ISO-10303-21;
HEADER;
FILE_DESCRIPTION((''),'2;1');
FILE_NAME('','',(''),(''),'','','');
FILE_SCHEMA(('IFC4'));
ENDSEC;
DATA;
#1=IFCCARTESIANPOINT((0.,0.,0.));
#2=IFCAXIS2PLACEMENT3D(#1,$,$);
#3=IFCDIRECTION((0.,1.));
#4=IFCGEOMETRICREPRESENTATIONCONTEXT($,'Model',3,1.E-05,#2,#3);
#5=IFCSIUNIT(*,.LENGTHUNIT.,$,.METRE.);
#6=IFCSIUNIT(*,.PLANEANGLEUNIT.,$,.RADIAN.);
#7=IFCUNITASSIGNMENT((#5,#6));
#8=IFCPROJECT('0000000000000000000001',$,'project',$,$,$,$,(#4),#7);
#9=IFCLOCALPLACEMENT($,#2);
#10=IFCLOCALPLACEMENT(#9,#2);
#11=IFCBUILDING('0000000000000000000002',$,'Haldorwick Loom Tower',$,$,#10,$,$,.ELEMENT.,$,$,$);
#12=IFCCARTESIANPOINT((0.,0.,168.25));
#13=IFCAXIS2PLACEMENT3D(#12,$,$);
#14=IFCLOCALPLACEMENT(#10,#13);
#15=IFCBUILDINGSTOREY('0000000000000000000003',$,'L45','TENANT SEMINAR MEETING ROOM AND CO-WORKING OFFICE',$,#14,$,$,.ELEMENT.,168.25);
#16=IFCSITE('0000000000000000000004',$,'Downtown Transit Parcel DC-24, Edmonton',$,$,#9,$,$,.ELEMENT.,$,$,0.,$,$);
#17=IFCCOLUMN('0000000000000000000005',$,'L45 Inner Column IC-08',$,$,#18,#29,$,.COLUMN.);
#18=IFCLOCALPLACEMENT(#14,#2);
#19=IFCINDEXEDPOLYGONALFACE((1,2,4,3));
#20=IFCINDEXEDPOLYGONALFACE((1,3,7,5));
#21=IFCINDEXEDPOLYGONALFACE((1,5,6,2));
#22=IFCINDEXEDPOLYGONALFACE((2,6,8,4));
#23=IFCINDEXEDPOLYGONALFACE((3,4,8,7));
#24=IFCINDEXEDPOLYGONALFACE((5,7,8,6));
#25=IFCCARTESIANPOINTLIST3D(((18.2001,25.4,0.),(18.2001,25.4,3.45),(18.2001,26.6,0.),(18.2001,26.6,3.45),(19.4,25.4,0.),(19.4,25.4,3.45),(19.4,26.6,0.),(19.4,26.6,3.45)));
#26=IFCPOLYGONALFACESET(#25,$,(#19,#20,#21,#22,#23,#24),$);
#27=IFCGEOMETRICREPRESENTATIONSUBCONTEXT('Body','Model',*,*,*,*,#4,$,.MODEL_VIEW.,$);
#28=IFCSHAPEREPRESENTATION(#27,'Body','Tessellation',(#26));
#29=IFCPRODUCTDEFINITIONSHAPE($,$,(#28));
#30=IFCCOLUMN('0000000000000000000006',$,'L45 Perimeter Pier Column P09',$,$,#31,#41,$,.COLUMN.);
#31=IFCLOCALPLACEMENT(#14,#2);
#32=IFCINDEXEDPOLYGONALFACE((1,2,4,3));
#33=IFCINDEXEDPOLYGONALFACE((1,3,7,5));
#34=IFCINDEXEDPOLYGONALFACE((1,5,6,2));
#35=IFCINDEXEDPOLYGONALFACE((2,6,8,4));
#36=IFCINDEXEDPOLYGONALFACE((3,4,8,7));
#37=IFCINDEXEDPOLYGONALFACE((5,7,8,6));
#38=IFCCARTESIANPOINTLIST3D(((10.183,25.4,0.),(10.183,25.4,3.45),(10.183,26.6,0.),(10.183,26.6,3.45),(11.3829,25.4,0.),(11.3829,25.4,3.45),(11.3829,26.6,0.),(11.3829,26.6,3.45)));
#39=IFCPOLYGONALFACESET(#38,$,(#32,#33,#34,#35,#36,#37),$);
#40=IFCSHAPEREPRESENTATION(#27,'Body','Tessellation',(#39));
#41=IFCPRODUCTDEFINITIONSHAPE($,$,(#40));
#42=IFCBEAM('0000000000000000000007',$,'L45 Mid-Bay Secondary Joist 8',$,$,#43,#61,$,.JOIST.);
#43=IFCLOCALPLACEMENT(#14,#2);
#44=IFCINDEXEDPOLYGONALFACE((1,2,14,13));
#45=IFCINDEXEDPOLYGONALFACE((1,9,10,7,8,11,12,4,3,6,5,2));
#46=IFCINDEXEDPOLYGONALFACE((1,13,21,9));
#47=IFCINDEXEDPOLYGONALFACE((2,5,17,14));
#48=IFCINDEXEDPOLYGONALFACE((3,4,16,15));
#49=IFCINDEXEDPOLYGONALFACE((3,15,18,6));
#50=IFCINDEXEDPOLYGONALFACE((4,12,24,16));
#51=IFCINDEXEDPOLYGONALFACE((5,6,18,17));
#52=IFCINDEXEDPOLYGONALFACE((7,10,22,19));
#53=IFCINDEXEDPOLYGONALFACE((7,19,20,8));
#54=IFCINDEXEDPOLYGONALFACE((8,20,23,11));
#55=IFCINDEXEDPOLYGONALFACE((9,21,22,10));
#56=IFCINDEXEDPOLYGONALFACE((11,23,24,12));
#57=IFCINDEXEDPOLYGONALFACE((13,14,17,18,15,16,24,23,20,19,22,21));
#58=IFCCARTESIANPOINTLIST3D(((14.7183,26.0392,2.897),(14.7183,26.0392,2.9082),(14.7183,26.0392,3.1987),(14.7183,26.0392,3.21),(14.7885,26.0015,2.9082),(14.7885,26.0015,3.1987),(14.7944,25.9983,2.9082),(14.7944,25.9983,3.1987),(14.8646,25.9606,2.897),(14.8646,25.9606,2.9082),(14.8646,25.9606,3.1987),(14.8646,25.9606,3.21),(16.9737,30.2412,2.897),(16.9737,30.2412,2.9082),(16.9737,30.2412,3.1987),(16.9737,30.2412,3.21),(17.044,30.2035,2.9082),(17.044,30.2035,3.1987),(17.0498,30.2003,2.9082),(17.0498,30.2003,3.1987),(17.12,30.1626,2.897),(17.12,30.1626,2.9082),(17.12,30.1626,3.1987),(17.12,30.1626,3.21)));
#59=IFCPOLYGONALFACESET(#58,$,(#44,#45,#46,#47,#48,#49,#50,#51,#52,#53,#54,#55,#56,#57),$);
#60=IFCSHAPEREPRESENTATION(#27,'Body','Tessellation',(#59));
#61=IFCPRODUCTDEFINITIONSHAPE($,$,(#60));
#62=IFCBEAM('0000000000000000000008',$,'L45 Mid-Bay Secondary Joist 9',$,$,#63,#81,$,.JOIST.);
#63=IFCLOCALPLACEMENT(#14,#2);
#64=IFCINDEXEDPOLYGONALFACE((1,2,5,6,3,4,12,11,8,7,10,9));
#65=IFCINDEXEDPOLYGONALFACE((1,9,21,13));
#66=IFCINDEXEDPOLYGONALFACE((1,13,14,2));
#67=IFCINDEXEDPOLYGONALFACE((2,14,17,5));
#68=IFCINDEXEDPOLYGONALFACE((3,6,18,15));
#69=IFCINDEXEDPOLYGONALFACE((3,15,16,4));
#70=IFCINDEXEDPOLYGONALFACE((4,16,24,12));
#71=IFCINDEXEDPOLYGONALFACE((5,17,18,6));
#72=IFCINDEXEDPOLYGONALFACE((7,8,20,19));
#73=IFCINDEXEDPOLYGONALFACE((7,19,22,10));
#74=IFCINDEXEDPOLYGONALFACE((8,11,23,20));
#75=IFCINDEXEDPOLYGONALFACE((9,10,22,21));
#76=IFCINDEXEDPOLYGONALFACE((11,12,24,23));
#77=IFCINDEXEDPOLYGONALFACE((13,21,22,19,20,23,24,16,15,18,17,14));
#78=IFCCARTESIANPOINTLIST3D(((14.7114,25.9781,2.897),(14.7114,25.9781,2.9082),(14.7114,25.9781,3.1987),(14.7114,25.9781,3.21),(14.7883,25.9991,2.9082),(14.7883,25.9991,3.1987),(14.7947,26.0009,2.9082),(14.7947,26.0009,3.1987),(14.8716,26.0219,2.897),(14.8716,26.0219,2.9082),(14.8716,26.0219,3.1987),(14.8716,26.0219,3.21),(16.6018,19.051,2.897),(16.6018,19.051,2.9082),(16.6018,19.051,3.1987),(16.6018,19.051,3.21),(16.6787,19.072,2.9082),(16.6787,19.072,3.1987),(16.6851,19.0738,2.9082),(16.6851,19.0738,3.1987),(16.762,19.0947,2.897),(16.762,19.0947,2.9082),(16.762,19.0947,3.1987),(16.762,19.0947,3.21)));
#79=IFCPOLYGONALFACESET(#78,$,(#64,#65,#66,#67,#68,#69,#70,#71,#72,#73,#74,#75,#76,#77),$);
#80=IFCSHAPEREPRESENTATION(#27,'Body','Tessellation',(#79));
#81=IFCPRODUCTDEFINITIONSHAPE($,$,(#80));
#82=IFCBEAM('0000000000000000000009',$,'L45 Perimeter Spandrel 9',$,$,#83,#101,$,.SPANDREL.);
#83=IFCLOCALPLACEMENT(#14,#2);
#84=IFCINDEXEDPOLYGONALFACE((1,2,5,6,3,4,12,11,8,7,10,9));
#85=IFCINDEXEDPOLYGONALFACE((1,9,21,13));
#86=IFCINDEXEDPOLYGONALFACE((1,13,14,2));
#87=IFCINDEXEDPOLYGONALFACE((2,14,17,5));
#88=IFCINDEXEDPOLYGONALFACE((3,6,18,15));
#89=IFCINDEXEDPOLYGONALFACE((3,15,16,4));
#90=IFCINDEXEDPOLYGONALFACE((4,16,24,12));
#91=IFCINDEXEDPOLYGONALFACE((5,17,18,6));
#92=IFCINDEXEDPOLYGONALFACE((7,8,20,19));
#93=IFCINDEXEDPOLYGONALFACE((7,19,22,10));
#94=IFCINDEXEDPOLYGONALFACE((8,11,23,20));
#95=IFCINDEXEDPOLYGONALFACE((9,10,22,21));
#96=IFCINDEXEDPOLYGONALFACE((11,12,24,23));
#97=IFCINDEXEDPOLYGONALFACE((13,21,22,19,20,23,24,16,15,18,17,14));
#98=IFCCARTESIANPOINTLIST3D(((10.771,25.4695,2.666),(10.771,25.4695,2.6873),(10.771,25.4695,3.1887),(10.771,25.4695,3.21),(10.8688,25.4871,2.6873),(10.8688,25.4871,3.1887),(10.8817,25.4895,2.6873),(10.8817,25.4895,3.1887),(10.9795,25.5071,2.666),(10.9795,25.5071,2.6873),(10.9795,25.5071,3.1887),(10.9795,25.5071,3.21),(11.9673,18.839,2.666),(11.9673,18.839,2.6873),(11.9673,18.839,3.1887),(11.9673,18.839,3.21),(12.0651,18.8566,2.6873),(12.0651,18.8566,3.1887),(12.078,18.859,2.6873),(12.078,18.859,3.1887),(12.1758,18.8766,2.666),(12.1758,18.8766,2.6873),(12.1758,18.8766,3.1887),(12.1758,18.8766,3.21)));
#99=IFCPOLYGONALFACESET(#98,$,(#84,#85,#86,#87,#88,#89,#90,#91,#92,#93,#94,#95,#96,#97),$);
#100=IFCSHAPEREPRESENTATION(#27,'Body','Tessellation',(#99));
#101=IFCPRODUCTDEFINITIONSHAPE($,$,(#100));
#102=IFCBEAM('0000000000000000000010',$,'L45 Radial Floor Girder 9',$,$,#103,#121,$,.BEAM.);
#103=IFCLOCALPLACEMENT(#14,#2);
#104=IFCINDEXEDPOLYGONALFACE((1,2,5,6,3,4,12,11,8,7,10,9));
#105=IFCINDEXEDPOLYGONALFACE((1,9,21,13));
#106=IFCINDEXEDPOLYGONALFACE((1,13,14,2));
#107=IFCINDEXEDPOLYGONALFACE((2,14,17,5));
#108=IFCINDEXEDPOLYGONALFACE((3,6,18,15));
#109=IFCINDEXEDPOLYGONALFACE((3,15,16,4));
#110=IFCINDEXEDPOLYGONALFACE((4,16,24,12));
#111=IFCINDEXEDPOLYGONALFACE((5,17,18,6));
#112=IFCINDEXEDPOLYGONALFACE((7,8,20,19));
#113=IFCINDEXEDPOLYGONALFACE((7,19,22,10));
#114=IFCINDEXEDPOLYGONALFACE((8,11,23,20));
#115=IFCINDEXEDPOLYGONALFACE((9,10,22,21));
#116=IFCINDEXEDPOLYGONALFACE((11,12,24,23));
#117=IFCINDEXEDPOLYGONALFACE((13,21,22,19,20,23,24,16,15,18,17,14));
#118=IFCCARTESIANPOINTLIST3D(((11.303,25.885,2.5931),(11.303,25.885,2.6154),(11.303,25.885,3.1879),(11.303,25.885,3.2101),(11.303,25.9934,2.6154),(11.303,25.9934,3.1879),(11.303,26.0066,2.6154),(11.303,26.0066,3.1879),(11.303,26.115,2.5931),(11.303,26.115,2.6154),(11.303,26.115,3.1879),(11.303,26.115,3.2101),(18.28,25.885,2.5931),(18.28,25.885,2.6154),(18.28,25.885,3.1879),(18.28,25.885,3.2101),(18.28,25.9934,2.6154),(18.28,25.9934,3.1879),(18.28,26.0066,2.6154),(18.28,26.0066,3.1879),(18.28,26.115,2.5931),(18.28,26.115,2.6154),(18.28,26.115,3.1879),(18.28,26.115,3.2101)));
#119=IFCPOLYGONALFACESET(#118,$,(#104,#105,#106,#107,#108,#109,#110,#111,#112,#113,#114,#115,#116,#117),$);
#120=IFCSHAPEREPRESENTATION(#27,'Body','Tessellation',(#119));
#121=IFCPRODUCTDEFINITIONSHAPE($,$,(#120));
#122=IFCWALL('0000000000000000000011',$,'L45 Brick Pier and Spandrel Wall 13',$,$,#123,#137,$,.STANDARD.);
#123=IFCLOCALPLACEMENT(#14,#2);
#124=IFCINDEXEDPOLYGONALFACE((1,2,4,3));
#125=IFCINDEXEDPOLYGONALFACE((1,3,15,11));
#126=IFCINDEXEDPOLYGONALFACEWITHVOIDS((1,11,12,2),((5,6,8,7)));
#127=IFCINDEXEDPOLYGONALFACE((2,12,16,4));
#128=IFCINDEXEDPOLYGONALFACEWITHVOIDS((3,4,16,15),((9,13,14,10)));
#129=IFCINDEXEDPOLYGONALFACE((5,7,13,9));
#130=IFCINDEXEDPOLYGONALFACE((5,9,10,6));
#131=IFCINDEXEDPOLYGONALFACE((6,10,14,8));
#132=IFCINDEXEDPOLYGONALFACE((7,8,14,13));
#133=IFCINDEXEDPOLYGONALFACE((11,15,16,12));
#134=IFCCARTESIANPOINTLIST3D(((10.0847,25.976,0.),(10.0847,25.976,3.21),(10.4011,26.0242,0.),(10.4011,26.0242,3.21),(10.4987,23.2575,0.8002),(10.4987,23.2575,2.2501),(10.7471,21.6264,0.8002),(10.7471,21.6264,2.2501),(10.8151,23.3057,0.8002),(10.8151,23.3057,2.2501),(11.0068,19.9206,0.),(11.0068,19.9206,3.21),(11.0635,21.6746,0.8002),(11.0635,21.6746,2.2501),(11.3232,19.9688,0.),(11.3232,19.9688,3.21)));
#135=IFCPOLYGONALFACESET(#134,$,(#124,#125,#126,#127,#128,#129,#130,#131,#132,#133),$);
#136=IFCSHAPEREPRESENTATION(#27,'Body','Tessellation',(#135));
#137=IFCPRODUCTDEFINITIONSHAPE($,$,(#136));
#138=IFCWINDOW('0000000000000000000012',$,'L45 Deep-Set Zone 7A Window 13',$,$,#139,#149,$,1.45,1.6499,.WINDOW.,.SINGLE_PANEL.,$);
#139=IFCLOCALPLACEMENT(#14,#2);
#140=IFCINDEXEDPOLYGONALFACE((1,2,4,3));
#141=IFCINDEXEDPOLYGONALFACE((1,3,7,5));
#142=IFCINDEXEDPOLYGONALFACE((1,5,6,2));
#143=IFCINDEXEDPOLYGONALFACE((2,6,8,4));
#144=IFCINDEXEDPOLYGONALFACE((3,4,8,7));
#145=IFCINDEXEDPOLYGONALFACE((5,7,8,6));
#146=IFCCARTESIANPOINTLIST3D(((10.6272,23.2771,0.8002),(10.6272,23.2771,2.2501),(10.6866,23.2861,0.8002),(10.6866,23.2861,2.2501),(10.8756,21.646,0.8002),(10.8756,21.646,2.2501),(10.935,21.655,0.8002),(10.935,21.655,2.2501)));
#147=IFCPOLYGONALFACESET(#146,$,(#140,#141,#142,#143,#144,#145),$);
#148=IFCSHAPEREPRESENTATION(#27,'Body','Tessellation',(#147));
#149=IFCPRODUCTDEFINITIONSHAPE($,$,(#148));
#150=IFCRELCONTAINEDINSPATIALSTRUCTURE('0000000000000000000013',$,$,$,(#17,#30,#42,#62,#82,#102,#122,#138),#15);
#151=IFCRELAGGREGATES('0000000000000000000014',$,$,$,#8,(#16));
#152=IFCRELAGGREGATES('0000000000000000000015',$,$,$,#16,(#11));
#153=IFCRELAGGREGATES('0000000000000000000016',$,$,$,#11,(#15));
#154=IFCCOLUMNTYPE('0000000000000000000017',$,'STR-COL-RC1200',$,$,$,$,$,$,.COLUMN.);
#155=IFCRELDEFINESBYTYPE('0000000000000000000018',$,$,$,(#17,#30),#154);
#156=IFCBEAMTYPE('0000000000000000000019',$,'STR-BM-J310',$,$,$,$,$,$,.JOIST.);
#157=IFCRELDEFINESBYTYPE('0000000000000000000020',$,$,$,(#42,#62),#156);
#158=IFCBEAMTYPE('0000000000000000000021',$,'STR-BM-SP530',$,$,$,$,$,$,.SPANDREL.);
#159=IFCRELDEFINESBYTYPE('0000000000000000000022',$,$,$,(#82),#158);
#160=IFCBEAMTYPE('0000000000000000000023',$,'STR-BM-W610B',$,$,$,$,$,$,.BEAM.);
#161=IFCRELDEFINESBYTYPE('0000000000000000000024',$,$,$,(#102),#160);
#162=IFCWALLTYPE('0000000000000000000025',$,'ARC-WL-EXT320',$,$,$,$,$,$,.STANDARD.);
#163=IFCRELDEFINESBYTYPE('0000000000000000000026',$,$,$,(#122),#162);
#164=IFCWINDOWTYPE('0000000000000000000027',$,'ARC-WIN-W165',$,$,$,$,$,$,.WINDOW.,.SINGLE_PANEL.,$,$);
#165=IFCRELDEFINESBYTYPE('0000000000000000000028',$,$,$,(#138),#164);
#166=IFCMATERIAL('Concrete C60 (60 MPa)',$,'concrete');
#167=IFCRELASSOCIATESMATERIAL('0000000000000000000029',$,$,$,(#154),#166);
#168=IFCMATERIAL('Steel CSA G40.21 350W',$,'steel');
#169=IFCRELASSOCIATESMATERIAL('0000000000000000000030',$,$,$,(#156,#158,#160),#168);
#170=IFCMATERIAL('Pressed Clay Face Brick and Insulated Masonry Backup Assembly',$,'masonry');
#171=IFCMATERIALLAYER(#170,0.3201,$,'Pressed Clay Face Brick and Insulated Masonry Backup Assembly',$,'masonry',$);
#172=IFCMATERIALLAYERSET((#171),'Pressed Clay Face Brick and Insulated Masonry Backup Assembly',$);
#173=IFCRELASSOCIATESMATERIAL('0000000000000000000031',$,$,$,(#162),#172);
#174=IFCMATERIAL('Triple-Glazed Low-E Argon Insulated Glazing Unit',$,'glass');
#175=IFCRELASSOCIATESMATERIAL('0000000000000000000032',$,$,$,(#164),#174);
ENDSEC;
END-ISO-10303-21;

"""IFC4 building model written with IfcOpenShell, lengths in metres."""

from ifc_helpers import new_model, si_unit, direction, frame, frame_2d, origin, origin_2d, place, context, subcontext, project, spatial, rectangle, i_section, extrude, material, layer, layer_set, material_profile, profile_set, type_object, element, fill, save


model = new_model("IFC4")

# Units and contexts
model_context = context("Model", 3, precision=1e-05, world=origin(), true_north=direction((0.0, 1.0)))
body_context = subcontext(model_context, "Body", "Model", "MODEL_VIEW")
ifc_project = project(units=[si_unit("LENGTHUNIT", "METRE"), si_unit("PLANEANGLEUNIT", "RADIAN")], contexts=[model_context])

# Site, building, storey
site_placement = place(None, origin())
site = spatial("IfcSite", under=ifc_project, at=site_placement, Name="Downtown Transit Parcel DC-24, Edmonton", CompositionType="ELEMENT", RefElevation=0.0)
building_placement = place(site_placement, origin())
building = spatial("IfcBuilding", under=site, at=building_placement, Name="Haldorwick Loom Tower", CompositionType="ELEMENT")
storey_placement = place(building_placement, frame((0.0, 0.0, 168.25)))
storey = spatial("IfcBuildingStorey", under=building, at=storey_placement, Name="L45", Description="TENANT SEMINAR MEETING ROOM AND CO-WORKING OFFICE", CompositionType="ELEMENT", Elevation=168.25)

# Columns
ifc_material_1 = material(Name="Concrete C60 (60 MPa)", Category="concrete")
ifc_material_profile_1 = material_profile(ifc_material_1, rectangle(XDim=1.2, YDim=1.2, at=origin_2d()), Name="RC1200X1200", Category="concrete")
ifc_profile_set_1 = profile_set([ifc_material_profile_1], Name="Concrete C60 (60 MPa)")
column_type = type_object("IfcColumnType", Name="STR-COL-RC1200", PredefinedType="COLUMN", material=ifc_profile_set_1)
for number, where, z_axis, x_axis, name in (
    (1, (18.8, 26.0, 0.0), (0.0, 0.0, 1.0), (1.0, 0.0, 0.0), "L45 Inner Column IC-08"),
    (2, (10.783, 26.0, 0.0), (0.0, 0.0, 1.0), (-1.0, 0.0, 0.0), "L45 Perimeter Pier Column P09"),
):
    element("IfcColumn", number, at=place(storey_placement, frame(where, z_axis=z_axis, x_axis=x_axis)), inside=storey, type_object=column_type, Name=name, PredefinedType="COLUMN", context=body_context, shape_type="SweptSolid", body=[
        extrude(rectangle(XDim=1.2, YDim=1.2, at=origin_2d()), origin(), (0.0, 0.0, 1.0), 3.45),
    ])

# Beams
ifc_material_2 = material(Name="Steel CSA G40.21 350W", Category="steel")
ifc_material_profile_2 = material_profile(ifc_material_2, i_section(OverallWidth=0.166, OverallDepth=0.313, WebThickness=0.0066, FlangeThickness=0.0112, at=origin_2d()), Name="W310X45", Category="steel")
ifc_profile_set_2 = profile_set([ifc_material_profile_2], Name="Steel CSA G40.21 350W")
beam_type_1 = type_object("IfcBeamType", Name="STR-BM-J310", PredefinedType="JOIST", material=ifc_profile_set_2)
beam_1_placement = place(storey_placement, frame((17.0469, 30.2019, 3.0535), z_axis=(-0.47293, -0.8811, 0.0), x_axis=(0.8811, -0.47293, 0.0)))
element("IfcBeam", 3, at=beam_1_placement, inside=storey, type_object=beam_type_1, Name="L45 Mid-Bay Secondary Joist 8", PredefinedType="JOIST", context=body_context, shape_type="SweptSolid", body=[
    extrude(i_section(OverallWidth=0.166, OverallDepth=0.313, WebThickness=0.0066, FlangeThickness=0.0112, at=origin_2d()), origin(), (0.0, 0.0, 1.0), 4.769),
])
beam_2_placement = place(storey_placement, frame((14.7915, 26.0, 3.0535), z_axis=(0.263273, -0.964721, 0.0), x_axis=(0.964721, 0.263273, 0.0)))
element("IfcBeam", 4, at=beam_2_placement, inside=storey, type_object=beam_type_1, Name="L45 Mid-Bay Secondary Joist 9", PredefinedType="JOIST", context=body_context, shape_type="SweptSolid", body=[
    extrude(i_section(OverallWidth=0.166, OverallDepth=0.313, WebThickness=0.0066, FlangeThickness=0.0112, at=origin_2d()), origin(), (0.0, 0.0, 1.0), 7.1804),
])
ifc_material_profile_3 = material_profile(ifc_material_2, i_section(OverallWidth=0.2119, OverallDepth=0.5439, WebThickness=0.0132, FlangeThickness=0.0212, at=origin_2d()), Name="W530X123", Category="steel")
ifc_profile_set_3 = profile_set([ifc_material_profile_3], Name="Steel CSA G40.21 350W")
beam_type_2 = type_object("IfcBeamType", Name="STR-BM-SP530", PredefinedType="SPANDREL", material=ifc_profile_set_3)
beam_3_placement = place(storey_placement, frame((10.8752, 25.4883, 2.938), z_axis=(0.177559, -0.98411, 0.0), x_axis=(0.98411, 0.177559, 0.0)))
element("IfcBeam", 5, at=beam_3_placement, inside=storey, type_object=beam_type_2, Name="L45 Perimeter Spandrel 9", PredefinedType="SPANDREL", context=body_context, shape_type="SweptSolid", body=[
    extrude(i_section(OverallWidth=0.2119, OverallDepth=0.5439, WebThickness=0.0132, FlangeThickness=0.0212, at=origin_2d()), origin(), (0.0, 0.0, 1.0), 6.7375),
])
ifc_material_profile_4 = material_profile(ifc_material_2, i_section(OverallWidth=0.23, OverallDepth=0.6169, WebThickness=0.0132, FlangeThickness=0.0222, at=origin_2d()), Name="W610X140", Category="steel")
ifc_profile_set_4 = profile_set([ifc_material_profile_4], Name="Steel CSA G40.21 350W")
beam_type_3 = type_object("IfcBeamType", Name="STR-BM-W610B", PredefinedType="BEAM", material=ifc_profile_set_4)
beam_4_placement = place(storey_placement, frame((18.28, 26.0, 2.9016), z_axis=(-1.0, 0.0, 0.0), x_axis=(0.0, -1.0, 0.0)))
element("IfcBeam", 6, at=beam_4_placement, inside=storey, type_object=beam_type_3, Name="L45 Radial Floor Girder 9", PredefinedType="BEAM", context=body_context, shape_type="SweptSolid", body=[
    extrude(i_section(OverallWidth=0.23, OverallDepth=0.6169, WebThickness=0.0132, FlangeThickness=0.0222, at=origin_2d()), origin(), (0.0, 0.0, 1.0), 6.9771),
])

# Wall, opening, window
ifc_material_3 = material(Name="Pressed Clay Face Brick and Insulated Masonry Backup Assembly", Category="masonry")
ifc_layer_1 = layer(ifc_material_3, 0.3201, Name="Pressed Clay Face Brick and Insulated Masonry Backup Assembly", Category="masonry")
ifc_layer_set_1 = layer_set([ifc_layer_1], Name="Pressed Clay Face Brick and Insulated Masonry Backup Assembly")
wall_type_1 = type_object("IfcWallType", Name="ARC-WL-EXT320", PredefinedType="STANDARD", material=ifc_layer_set_1)
wall_1_placement = place(storey_placement, frame((10.2429, 26.0, 0.0), z_axis=(0.0, 0.0, 1.0), x_axis=(0.150544, -0.988603, 0.0)))
wall_1 = element("IfcWall", 7, at=wall_1_placement, inside=storey, type_object=wall_type_1, Name="L45 Brick Pier and Spandrel Wall 13", PredefinedType="STANDARD", context=body_context, shape_type="SweptSolid", body=[
    extrude(rectangle(XDim=6.1252, YDim=0.3201, at=frame_2d((3.0625, 0.0))), origin(), (0.0, 0.0, 1.0), 3.21),
])
opening_1_placement = place(wall_1_placement, frame((2.7498, 0.0, 0.8)))
opening_1 = element("IfcOpeningElement", 8, at=opening_1_placement, cuts=wall_1, PredefinedType="OPENING", context=body_context, shape_type="SweptSolid", body=[
    extrude(rectangle(XDim=1.6499, YDim=1.45, at=frame_2d((0.825, 0.7251))), frame((0.0, 0.1699, 0.0), z_axis=(0.0, -1.0, 0.0), x_axis=(1.0, 0.0, 0.0)), (0.0, 0.0, 1.0), 0.3401),
])
ifc_material_4 = material(Name="Triple-Glazed Low-E Argon Insulated Glazing Unit", Category="glass")
window_type = type_object("IfcWindowType", Name="ARC-WIN-W165", PartitioningType="SINGLE_PANEL", PredefinedType="WINDOW", material=ifc_material_4)
window_placement = place(opening_1_placement, origin())
window = element("IfcWindow", 9, at=window_placement, inside=storey, type_object=window_type, Name="L45 Deep-Set Zone 7A Window 13", OverallHeight=1.45, OverallWidth=1.6499, PartitioningType="SINGLE_PANEL", PredefinedType="WINDOW", context=body_context, shape_type="SweptSolid", body=[
    extrude(rectangle(XDim=1.6499, YDim=1.45, at=frame_2d((0.825, 0.7251))), frame((0.0, 0.03, 0.0), z_axis=(0.0, -1.0, 0.0), x_axis=(1.0, 0.0, 0.0)), (0.0, 0.0, 1.0), 0.0601),
])
fill(opening_1, window)

save(model, "model.ifc")
